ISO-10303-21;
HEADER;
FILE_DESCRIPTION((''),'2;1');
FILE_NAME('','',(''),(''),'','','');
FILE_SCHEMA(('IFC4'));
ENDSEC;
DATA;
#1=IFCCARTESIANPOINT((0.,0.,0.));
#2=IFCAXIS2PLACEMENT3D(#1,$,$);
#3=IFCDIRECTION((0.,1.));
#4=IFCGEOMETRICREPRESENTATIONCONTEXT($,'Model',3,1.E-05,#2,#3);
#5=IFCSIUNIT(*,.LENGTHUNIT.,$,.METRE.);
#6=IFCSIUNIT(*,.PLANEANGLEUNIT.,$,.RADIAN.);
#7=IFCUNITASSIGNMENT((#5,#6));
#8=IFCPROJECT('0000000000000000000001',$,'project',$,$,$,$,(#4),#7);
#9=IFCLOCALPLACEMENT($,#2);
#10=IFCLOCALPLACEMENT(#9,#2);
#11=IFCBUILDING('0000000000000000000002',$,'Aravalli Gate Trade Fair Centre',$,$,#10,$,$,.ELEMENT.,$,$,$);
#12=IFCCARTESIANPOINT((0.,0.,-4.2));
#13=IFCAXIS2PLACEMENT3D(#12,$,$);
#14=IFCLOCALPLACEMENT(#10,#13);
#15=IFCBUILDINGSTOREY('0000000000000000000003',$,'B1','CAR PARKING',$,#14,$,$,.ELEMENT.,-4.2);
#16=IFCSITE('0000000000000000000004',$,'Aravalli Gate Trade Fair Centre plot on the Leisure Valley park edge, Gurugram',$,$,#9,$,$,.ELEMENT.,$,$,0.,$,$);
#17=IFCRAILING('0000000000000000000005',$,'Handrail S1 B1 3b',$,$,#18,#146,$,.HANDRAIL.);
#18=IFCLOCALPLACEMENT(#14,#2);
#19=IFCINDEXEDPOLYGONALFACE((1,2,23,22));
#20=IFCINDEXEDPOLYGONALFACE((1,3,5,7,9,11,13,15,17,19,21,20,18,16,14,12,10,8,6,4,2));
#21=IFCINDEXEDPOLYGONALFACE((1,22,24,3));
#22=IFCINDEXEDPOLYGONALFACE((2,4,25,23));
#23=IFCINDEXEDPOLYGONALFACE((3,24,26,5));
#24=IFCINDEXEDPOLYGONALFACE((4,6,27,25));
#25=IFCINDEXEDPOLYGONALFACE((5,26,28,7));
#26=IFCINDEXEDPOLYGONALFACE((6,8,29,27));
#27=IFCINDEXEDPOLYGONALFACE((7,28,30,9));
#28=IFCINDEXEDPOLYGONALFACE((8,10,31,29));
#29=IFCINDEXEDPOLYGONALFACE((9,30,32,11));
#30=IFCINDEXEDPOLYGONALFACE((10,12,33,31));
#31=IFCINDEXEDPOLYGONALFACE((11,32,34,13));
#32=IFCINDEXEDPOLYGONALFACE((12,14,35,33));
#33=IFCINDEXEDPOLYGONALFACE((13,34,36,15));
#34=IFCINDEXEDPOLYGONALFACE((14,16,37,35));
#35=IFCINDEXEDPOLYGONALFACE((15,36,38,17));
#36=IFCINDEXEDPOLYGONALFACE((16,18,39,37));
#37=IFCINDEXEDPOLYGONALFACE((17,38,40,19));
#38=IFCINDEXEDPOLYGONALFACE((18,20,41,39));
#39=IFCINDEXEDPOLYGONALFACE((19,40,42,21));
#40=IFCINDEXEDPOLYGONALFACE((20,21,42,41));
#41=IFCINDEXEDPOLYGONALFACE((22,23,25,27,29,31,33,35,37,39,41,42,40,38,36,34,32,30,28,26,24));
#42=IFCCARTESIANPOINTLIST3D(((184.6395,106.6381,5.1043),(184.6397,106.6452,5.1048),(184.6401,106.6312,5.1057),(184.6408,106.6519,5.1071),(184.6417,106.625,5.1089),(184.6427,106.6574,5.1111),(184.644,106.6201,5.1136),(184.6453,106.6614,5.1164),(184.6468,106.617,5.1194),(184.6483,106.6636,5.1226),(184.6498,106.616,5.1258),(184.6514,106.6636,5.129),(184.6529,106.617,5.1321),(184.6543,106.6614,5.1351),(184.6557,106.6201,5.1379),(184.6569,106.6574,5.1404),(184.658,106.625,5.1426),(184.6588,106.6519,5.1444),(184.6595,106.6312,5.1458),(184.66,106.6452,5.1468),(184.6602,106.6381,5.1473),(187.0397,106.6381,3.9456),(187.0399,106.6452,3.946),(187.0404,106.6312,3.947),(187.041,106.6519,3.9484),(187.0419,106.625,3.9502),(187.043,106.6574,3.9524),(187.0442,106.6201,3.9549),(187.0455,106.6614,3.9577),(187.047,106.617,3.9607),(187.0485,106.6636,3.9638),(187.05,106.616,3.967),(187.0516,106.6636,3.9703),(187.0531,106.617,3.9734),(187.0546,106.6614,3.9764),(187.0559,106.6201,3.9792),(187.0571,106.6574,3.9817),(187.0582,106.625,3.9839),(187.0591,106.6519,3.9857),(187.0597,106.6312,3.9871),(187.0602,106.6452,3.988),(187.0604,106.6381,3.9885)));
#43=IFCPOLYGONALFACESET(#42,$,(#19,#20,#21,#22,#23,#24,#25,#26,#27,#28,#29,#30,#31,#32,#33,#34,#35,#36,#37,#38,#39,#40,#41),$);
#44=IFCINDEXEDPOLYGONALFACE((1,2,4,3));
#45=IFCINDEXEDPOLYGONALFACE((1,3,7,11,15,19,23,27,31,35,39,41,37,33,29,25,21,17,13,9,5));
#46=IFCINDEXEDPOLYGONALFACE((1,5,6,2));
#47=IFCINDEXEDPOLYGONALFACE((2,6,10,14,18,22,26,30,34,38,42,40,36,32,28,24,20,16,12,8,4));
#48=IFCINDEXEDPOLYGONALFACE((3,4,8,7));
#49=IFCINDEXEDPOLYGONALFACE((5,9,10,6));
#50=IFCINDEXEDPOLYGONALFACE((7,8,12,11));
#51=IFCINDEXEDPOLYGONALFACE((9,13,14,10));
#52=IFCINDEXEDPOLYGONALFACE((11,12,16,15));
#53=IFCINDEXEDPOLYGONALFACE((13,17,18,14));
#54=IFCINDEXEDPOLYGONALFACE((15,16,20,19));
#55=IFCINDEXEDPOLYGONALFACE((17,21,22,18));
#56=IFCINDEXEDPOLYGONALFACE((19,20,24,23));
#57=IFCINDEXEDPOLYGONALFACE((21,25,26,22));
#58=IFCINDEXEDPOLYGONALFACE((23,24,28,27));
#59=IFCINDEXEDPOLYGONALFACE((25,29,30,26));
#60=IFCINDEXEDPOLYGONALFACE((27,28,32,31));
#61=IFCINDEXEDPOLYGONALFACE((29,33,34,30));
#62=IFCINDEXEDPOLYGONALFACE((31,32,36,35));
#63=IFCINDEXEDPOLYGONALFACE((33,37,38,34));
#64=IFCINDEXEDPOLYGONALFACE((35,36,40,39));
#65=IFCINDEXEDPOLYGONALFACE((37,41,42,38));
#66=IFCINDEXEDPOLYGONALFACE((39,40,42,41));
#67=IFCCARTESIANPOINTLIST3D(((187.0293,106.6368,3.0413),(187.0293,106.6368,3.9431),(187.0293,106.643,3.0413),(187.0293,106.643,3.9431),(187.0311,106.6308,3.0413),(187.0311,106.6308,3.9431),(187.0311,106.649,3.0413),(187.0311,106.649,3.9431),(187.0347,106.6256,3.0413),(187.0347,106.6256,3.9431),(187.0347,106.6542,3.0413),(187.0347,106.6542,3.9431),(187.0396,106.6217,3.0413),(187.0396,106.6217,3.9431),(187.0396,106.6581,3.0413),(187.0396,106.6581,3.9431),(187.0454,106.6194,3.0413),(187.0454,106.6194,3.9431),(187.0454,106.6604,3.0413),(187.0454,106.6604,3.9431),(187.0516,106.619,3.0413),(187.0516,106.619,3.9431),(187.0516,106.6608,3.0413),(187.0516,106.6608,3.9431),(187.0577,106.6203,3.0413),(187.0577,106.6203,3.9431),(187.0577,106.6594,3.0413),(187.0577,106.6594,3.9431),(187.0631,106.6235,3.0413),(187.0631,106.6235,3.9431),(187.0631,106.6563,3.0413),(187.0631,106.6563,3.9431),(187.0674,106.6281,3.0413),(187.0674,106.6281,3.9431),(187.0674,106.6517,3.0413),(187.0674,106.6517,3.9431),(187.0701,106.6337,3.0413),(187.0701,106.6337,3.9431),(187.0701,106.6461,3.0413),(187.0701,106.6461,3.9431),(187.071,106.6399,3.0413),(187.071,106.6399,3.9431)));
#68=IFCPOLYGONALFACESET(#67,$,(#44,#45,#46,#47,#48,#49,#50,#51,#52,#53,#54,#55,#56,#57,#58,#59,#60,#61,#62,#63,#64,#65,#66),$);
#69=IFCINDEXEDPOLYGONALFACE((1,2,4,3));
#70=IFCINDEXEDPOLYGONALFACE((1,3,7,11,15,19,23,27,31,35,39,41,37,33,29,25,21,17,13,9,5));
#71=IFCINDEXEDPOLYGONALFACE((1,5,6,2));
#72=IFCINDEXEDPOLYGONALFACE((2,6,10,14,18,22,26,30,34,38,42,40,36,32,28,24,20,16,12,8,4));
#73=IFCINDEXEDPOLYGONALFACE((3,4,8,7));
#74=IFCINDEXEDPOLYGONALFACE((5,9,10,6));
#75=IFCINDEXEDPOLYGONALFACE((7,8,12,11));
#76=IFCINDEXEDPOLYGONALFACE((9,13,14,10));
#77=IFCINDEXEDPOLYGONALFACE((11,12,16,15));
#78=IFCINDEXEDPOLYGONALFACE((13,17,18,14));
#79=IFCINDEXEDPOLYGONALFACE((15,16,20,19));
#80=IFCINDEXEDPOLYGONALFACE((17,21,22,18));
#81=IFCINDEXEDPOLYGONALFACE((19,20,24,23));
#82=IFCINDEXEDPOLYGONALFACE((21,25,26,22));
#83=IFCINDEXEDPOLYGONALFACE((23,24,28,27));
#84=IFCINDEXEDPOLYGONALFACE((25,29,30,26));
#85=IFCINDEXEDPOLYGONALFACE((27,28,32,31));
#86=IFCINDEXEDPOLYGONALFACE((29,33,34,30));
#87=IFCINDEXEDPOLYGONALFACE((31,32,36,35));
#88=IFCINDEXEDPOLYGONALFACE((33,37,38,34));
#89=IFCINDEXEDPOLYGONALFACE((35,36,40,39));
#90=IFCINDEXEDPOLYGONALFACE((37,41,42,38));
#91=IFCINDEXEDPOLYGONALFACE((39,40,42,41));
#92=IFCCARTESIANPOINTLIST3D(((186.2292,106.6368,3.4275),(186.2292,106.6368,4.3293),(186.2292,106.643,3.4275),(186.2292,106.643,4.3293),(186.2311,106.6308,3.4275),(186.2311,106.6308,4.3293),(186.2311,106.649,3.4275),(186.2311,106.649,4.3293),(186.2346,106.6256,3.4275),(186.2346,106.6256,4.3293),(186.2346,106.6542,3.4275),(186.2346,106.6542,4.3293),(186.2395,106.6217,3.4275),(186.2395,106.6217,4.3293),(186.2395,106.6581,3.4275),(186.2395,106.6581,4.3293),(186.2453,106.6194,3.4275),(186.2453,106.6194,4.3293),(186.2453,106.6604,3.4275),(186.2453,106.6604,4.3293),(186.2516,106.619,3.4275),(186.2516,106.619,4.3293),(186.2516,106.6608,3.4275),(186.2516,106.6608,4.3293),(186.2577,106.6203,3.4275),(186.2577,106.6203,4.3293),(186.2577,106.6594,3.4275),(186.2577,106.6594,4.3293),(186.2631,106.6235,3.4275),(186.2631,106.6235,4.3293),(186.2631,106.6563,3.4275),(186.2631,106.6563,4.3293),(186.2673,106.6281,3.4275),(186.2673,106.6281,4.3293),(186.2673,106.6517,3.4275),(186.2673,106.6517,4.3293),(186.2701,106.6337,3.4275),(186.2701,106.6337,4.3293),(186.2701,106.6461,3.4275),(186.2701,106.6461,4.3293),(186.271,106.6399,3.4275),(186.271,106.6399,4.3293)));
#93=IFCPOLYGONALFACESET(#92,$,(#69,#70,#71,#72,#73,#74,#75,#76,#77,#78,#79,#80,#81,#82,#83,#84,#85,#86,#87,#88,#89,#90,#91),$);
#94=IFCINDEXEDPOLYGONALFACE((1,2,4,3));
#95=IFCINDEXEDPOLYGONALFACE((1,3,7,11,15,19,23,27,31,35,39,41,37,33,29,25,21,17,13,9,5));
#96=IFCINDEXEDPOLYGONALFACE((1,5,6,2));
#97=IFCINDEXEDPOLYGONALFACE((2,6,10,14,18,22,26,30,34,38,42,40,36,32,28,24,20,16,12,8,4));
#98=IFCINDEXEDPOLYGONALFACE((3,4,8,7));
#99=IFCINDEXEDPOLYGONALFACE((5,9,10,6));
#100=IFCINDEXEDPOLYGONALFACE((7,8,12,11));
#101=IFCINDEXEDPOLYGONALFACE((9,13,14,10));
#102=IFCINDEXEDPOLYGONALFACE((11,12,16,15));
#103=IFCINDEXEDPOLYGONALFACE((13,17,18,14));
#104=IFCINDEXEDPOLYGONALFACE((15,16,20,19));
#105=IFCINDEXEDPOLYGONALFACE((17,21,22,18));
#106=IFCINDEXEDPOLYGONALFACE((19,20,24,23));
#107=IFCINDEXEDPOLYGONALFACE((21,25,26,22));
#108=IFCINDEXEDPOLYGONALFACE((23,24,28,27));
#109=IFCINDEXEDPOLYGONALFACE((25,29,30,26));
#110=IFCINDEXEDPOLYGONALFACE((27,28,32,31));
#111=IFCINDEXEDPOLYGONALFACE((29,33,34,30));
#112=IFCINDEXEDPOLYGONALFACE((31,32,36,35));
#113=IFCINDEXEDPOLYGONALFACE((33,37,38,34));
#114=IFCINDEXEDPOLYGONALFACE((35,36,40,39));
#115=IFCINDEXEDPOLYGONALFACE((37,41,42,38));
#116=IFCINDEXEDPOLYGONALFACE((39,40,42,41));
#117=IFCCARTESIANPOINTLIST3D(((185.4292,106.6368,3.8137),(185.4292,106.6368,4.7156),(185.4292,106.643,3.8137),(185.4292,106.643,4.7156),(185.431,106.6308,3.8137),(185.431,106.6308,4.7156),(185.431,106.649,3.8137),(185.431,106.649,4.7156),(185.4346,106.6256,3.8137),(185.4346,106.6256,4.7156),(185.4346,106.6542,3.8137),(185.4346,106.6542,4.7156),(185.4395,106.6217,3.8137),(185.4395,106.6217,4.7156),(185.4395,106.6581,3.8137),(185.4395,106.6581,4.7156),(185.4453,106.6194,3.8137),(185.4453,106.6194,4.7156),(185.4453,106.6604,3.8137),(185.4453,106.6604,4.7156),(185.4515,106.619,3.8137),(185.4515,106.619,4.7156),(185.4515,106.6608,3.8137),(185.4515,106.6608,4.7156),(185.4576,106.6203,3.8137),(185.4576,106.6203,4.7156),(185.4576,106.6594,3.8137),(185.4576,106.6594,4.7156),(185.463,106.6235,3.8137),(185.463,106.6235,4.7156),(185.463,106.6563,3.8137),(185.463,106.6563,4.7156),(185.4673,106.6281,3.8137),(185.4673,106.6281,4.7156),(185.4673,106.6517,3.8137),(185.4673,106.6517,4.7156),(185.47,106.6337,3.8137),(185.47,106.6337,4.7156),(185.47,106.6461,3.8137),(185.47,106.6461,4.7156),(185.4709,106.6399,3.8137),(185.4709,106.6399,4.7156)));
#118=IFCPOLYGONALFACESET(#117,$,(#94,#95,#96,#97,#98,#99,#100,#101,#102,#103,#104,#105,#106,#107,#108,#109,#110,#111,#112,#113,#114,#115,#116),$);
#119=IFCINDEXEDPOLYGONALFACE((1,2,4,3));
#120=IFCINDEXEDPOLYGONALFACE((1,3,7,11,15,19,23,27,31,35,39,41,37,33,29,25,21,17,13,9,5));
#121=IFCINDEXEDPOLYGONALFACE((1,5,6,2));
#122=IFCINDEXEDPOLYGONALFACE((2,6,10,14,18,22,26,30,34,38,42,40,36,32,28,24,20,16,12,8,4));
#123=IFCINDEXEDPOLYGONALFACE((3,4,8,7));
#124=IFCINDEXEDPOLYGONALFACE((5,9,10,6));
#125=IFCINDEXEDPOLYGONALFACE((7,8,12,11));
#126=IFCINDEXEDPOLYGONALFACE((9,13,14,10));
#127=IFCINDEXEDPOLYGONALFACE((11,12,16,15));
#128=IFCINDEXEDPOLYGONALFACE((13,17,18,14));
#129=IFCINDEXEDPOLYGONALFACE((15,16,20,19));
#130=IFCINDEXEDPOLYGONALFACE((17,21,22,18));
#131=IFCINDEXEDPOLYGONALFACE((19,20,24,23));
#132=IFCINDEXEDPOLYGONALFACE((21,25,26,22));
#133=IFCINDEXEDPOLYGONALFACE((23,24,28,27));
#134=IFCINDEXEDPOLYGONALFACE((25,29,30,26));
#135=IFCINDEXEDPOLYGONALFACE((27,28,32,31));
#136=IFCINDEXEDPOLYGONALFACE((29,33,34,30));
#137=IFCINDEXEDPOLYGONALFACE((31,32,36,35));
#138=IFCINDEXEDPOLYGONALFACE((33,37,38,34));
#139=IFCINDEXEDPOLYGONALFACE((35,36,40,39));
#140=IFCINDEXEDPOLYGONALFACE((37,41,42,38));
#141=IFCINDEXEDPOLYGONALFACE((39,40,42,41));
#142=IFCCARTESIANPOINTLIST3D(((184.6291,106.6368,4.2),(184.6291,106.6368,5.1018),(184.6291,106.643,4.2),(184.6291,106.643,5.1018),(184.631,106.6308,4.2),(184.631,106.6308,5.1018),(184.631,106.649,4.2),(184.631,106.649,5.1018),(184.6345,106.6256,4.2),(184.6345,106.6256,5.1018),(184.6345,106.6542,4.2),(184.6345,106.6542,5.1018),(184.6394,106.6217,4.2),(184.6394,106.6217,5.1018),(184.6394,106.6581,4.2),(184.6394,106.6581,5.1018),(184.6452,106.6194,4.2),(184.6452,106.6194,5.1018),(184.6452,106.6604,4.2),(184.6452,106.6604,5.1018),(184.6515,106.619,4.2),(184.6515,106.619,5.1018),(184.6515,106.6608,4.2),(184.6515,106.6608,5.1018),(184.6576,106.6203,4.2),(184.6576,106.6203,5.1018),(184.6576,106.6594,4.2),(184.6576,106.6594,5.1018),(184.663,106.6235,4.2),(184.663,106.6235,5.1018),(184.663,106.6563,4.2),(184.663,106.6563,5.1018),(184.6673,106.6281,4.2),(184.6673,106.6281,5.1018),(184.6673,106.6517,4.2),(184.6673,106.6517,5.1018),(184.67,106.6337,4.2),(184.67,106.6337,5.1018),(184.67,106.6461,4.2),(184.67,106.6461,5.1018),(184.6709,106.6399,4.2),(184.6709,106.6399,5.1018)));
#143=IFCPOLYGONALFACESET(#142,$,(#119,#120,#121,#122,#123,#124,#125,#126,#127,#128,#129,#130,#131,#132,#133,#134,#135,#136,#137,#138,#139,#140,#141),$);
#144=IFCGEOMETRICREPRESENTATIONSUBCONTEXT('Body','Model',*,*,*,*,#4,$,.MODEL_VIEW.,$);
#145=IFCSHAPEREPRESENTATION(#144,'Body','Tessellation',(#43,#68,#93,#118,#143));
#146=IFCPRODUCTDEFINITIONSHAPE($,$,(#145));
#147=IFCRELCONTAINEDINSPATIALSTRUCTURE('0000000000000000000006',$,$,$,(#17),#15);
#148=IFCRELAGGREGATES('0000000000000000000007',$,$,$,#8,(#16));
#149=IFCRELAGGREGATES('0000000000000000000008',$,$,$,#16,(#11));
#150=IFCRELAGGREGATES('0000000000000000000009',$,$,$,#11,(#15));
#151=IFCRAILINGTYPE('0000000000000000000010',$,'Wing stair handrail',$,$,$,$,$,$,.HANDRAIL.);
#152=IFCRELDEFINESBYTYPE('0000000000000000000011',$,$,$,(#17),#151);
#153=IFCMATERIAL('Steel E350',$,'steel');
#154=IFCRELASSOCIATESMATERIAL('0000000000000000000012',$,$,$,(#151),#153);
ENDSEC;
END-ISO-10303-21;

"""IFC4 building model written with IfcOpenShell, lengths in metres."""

from ifc_helpers import new_model, si_unit, direction, frame, origin, origin_2d, place, context, subcontext, project, spatial, circle, extrude, material, type_object, element, save


model = new_model("IFC4")

# Units and contexts
model_context = context("Model", 3, precision=1e-05, world=origin(), true_north=direction((0.0, 1.0)))
body_context = subcontext(model_context, "Body", "Model", "MODEL_VIEW")
ifc_project = project(units=[si_unit("LENGTHUNIT", "METRE"), si_unit("PLANEANGLEUNIT", "RADIAN")], contexts=[model_context])

# Site, building, storey
site_placement = place(None, origin())
site = spatial("IfcSite", under=ifc_project, at=site_placement, Name="Aravalli Gate Trade Fair Centre plot on the Leisure Valley park edge, Gurugram", CompositionType="ELEMENT", RefElevation=0.0)
building_placement = place(site_placement, origin())
building = spatial("IfcBuilding", under=site, at=building_placement, Name="Aravalli Gate Trade Fair Centre", CompositionType="ELEMENT")
storey_placement = place(building_placement, frame((0.0, 0.0, -4.2)))
storey = spatial("IfcBuildingStorey", under=building, at=storey_placement, Name="B1", Description="CAR PARKING", CompositionType="ELEMENT", Elevation=-4.2)

# Shared definitions
ifc_material_1 = material(Name="Steel E350", Category="steel")

# Railing
railing_type_1 = type_object("IfcRailingType", Name="Wing stair handrail", PredefinedType="HANDRAIL", material=ifc_material_1)
for number, where, name in (
    (1, (187.05, 106.6399, 3.0413), "Handrail S1 B1 3b"),
):
    element("IfcRailing", number, at=place(storey_placement, frame(where)), inside=storey, type_object=railing_type_1, Name=name, PredefinedType="HANDRAIL", context=body_context, shape_type="SweptSolid", body=[
        extrude(circle(Radius=0.0239, at=origin_2d()), frame((0.0, 0.0, 0.9258), z_axis=(-0.900552, 0.0, 0.434749), x_axis=(0.0, -1.0, 0.0)), (0.0, 0.0, 1.0), 2.6653),
        extrude(circle(Radius=0.021, at=origin_2d()), origin(), (0.0, 0.0, 1.0), 0.9019),
        extrude(circle(Radius=0.021, at=origin_2d()), frame((-0.8, 0.0, 0.3862)), (0.0, 0.0, 1.0), 0.9019),
        extrude(circle(Radius=0.021, at=origin_2d()), frame((-1.6001, 0.0, 0.7725)), (0.0, 0.0, 1.0), 0.9019),
        extrude(circle(Radius=0.021, at=origin_2d()), frame((-2.4001, 0.0, 1.1587)), (0.0, 0.0, 1.0), 0.9019),
    ])

save(model, "model.ifc")
